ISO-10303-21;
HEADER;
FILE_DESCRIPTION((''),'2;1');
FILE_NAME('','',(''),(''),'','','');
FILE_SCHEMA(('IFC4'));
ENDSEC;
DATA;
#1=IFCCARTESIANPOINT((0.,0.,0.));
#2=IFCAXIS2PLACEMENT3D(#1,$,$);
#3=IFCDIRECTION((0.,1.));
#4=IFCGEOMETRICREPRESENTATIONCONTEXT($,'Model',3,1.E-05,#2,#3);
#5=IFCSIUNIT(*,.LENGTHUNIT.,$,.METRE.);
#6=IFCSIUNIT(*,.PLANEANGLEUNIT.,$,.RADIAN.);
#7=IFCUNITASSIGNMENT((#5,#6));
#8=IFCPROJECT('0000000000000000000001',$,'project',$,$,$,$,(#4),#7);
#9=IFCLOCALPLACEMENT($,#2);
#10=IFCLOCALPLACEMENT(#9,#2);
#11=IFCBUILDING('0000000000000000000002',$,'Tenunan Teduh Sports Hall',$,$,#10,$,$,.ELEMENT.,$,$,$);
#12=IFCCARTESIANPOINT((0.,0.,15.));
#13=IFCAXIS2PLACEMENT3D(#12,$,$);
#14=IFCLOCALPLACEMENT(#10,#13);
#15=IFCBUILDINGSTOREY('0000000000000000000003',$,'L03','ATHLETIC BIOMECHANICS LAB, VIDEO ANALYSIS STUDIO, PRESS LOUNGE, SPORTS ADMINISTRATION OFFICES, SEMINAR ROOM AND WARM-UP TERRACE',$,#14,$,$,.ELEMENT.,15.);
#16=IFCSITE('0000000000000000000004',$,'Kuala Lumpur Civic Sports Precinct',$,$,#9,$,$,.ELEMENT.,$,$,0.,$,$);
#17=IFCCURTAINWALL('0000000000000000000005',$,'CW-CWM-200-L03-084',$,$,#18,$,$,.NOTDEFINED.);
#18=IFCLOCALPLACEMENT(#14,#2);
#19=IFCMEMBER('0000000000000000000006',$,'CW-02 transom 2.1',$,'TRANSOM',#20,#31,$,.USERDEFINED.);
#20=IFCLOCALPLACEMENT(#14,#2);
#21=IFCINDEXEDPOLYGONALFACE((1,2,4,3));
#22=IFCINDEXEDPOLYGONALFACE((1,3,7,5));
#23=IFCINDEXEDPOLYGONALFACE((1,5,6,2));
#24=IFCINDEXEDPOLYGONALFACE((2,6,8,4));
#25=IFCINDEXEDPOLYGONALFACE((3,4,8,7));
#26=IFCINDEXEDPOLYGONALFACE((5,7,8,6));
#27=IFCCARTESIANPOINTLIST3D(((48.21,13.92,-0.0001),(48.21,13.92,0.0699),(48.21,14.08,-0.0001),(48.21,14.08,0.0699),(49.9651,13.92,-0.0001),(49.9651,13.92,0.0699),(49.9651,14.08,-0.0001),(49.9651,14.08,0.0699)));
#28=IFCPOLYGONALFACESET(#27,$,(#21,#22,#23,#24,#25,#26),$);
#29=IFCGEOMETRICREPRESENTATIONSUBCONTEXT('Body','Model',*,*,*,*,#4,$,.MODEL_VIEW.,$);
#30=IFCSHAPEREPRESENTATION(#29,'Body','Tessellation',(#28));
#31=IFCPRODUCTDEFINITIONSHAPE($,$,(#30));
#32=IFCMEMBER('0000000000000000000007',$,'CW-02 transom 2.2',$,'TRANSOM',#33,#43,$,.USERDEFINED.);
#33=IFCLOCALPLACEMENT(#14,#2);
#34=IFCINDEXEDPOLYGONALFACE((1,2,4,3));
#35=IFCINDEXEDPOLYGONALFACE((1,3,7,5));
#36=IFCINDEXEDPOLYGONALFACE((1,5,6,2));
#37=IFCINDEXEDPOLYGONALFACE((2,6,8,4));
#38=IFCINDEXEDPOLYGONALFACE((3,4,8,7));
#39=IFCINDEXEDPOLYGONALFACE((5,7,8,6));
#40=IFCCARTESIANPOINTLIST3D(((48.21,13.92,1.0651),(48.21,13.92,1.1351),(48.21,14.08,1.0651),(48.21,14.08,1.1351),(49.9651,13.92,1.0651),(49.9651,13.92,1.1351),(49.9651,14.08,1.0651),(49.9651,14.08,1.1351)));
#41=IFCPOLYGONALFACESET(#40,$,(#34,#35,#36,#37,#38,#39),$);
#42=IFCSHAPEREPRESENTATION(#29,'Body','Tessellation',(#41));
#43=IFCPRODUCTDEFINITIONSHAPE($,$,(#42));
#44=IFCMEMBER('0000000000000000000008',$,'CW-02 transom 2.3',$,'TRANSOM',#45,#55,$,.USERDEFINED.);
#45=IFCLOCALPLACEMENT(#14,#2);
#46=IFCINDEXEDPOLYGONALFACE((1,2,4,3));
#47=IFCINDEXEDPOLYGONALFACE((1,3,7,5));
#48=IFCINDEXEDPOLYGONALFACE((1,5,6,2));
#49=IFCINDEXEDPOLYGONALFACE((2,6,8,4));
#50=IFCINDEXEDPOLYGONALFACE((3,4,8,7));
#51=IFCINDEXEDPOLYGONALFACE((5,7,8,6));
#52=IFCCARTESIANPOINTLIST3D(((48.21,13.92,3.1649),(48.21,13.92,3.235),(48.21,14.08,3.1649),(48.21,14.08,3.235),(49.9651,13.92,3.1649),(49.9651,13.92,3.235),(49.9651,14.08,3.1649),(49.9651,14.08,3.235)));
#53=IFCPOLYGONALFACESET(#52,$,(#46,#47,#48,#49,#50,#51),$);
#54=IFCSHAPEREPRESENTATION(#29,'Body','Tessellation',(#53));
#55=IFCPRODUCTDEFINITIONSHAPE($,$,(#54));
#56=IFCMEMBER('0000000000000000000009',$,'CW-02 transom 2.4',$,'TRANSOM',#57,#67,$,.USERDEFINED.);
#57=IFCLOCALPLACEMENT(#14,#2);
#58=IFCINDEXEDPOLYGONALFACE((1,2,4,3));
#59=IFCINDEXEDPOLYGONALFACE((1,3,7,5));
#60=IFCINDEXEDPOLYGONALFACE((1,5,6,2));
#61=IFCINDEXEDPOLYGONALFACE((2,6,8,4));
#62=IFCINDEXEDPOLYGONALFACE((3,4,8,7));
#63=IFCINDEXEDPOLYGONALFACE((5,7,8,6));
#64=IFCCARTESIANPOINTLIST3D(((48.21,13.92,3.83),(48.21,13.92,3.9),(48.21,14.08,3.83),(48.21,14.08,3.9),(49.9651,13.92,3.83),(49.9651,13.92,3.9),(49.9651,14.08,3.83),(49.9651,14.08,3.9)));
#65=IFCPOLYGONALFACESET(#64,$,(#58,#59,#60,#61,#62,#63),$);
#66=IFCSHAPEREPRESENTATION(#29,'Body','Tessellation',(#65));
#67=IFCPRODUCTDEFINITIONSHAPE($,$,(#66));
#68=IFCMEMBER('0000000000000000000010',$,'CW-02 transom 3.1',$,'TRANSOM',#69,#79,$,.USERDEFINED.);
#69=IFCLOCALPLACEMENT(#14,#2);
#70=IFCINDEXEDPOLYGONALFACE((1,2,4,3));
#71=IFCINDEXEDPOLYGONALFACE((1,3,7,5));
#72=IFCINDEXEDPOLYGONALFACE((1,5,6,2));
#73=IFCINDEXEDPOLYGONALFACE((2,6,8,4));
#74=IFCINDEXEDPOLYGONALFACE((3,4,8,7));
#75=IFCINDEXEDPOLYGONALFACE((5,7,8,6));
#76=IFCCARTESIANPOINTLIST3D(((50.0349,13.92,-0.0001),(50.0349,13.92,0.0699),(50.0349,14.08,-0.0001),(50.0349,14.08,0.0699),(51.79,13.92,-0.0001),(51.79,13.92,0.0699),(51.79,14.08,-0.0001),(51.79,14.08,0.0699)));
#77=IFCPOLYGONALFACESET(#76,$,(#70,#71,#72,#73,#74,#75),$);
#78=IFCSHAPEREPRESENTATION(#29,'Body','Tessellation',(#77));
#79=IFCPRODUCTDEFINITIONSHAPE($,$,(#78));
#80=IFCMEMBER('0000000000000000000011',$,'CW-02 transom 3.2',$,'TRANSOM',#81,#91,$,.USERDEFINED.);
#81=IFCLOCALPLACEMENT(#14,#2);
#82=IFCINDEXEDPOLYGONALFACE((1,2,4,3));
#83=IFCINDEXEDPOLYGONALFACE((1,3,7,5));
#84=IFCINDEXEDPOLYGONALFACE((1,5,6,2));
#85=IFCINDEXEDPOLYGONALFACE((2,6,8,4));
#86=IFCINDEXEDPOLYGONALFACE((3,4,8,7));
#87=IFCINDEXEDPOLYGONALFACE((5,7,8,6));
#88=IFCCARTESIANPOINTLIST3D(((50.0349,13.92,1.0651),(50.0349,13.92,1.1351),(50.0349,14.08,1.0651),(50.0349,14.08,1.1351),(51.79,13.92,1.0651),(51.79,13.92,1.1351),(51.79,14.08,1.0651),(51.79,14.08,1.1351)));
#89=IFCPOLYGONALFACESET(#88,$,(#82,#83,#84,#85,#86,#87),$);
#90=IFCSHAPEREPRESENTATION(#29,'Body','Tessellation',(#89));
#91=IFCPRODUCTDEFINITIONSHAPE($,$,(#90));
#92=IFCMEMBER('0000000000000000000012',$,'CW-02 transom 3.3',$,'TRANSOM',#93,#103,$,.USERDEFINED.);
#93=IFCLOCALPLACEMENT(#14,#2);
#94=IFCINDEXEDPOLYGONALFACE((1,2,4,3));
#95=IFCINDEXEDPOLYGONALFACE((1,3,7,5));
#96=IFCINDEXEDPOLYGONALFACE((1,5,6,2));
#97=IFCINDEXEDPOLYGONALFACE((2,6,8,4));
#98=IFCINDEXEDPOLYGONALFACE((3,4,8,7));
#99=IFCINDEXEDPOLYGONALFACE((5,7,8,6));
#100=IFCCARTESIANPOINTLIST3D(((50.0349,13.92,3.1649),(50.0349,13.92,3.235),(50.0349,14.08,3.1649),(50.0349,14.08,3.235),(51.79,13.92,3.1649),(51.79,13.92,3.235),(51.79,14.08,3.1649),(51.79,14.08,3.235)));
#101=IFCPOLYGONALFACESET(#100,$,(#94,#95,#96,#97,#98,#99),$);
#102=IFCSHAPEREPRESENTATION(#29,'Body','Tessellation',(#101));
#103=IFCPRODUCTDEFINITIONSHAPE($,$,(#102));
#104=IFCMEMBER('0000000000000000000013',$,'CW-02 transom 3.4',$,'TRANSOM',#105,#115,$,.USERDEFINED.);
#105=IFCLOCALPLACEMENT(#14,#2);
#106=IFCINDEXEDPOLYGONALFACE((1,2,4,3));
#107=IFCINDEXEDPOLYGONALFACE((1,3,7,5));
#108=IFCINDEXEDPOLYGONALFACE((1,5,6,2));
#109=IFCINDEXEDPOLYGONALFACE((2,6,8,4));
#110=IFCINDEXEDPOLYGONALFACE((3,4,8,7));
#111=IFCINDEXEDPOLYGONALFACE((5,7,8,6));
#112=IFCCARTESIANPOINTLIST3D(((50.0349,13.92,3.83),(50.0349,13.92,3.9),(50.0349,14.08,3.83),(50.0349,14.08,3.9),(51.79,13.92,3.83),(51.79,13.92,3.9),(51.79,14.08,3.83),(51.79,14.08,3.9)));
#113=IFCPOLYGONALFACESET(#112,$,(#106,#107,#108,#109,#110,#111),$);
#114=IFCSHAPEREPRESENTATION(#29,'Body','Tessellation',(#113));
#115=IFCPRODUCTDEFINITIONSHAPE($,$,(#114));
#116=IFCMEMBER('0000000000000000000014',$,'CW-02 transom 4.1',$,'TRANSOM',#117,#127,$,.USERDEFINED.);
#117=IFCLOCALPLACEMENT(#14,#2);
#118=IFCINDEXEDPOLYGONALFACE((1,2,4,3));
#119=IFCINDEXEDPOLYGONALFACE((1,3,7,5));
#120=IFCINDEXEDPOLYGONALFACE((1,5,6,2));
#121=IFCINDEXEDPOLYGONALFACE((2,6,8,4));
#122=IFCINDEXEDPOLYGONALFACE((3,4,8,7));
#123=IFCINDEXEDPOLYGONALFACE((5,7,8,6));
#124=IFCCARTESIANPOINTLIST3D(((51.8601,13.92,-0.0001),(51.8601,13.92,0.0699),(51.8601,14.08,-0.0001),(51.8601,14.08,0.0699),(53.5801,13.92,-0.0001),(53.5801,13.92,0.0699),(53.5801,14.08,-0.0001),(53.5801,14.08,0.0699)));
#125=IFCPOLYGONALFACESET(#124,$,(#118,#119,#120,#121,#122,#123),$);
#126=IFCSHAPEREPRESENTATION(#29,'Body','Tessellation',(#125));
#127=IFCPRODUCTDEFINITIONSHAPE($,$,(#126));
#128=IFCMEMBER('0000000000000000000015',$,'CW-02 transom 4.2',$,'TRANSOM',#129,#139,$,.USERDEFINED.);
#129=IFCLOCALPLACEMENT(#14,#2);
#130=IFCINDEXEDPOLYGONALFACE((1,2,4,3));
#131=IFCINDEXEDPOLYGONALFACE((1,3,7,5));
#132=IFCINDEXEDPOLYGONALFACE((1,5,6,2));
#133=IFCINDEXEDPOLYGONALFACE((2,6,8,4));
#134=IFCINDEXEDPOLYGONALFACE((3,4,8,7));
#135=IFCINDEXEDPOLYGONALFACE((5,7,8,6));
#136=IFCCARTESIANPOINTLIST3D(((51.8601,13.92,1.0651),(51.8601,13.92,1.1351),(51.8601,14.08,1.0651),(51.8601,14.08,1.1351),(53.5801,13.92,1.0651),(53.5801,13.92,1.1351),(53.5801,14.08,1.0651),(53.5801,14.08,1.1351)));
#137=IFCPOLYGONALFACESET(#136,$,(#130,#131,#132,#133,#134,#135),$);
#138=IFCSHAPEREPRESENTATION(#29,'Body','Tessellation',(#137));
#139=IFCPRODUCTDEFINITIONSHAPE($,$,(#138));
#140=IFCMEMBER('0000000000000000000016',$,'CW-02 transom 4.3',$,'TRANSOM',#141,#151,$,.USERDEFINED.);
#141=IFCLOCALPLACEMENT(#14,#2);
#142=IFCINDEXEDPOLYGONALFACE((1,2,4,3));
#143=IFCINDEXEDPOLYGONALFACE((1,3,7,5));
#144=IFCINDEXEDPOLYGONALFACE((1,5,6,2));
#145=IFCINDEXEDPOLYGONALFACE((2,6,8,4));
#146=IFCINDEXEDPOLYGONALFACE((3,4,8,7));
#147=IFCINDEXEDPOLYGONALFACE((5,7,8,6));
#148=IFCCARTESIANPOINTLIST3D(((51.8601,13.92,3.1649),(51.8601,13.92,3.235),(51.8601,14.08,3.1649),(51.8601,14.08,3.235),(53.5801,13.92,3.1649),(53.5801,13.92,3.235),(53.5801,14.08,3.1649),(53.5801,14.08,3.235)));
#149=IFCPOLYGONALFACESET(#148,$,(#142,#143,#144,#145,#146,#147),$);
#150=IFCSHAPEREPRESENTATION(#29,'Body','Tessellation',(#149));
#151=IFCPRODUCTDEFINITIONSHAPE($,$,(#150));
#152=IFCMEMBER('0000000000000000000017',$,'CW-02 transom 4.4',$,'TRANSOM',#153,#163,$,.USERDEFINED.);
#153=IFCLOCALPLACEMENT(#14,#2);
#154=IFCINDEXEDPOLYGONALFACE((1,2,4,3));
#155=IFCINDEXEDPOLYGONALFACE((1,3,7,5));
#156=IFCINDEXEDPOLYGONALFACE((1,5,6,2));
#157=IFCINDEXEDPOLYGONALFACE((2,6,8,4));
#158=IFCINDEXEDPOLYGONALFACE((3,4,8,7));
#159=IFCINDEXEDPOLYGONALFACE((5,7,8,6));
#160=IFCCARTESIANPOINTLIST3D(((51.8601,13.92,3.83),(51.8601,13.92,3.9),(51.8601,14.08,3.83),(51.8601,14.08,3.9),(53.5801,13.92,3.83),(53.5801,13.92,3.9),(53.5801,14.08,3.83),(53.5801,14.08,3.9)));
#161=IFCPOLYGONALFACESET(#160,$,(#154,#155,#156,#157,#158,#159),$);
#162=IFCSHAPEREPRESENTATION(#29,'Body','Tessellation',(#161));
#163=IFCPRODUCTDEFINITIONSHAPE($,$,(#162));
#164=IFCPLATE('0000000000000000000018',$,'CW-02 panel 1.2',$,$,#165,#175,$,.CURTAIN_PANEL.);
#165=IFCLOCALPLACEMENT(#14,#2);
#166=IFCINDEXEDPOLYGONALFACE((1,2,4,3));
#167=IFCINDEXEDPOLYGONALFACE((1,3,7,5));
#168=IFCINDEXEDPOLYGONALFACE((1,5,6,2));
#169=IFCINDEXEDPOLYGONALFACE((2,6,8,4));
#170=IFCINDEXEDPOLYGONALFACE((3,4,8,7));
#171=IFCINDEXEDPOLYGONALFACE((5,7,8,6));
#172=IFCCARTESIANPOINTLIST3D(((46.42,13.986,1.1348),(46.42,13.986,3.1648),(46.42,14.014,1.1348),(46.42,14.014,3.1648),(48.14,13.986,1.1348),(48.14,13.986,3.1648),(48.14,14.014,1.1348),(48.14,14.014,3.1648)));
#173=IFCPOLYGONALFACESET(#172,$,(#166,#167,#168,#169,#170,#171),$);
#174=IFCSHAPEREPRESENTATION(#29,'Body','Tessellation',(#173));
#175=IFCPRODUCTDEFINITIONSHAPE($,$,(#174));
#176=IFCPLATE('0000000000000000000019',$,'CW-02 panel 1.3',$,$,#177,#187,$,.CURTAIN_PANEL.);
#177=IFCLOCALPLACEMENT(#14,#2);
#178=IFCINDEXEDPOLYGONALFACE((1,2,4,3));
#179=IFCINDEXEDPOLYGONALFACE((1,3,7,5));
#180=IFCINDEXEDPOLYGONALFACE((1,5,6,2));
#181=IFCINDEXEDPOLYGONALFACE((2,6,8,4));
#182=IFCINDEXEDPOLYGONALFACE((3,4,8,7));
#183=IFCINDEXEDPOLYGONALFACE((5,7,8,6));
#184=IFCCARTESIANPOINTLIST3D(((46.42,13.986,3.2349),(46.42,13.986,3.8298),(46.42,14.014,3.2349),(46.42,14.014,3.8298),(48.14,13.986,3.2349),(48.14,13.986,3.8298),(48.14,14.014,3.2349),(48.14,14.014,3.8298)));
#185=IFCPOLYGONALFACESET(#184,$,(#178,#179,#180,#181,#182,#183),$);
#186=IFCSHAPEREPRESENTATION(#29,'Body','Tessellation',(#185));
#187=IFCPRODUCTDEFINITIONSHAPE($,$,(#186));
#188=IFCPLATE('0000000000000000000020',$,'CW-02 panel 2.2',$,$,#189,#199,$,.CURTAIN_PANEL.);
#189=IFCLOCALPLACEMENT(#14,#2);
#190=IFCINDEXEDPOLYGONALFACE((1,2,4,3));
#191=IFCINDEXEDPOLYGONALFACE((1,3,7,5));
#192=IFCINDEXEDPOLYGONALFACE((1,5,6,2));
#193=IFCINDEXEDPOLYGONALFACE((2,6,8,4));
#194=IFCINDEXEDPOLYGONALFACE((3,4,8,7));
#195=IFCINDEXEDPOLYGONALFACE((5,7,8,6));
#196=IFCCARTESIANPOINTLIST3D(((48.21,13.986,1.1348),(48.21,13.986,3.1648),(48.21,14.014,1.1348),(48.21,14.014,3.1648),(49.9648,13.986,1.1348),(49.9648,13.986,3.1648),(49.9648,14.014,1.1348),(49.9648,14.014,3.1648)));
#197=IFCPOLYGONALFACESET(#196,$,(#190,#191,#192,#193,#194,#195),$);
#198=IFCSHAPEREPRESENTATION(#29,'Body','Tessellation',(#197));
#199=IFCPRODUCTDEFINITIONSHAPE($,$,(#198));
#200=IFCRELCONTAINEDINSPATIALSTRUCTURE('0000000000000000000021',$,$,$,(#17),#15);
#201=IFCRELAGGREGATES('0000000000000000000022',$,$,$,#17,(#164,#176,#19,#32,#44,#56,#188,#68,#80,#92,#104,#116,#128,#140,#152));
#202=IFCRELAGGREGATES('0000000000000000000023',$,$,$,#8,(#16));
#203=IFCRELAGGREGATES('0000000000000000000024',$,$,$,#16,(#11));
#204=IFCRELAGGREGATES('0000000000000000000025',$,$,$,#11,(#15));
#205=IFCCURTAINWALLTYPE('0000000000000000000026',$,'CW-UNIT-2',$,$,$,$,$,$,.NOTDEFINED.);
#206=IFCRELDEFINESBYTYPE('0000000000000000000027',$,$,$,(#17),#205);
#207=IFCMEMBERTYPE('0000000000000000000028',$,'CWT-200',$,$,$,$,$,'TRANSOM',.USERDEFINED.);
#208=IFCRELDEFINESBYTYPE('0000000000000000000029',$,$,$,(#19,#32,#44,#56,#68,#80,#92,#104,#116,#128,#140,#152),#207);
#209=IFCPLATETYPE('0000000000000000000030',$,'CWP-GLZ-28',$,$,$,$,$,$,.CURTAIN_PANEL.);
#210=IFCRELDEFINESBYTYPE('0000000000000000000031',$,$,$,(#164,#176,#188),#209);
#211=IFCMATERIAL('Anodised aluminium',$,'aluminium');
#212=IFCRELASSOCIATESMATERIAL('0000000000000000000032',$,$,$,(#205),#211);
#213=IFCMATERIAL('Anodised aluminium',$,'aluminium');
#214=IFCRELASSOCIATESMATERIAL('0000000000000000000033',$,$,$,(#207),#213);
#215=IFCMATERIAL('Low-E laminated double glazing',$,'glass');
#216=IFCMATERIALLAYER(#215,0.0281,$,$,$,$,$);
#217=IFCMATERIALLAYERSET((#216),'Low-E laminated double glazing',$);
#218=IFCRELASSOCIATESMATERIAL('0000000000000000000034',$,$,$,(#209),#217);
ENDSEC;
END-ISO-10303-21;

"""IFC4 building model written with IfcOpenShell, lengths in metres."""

from ifc_helpers import new_model, si_unit, direction, frame, origin, origin_2d, place, context, subcontext, project, spatial, rectangle, extrude, material, layer, layer_set, material_profile, profile_set, type_object, element, aggregate, save


model = new_model("IFC4")

# Units and contexts
model_context = context("Model", 3, precision=1e-05, world=origin(), true_north=direction((0.0, 1.0)))
body_context = subcontext(model_context, "Body", "Model", "MODEL_VIEW")
ifc_project = project(units=[si_unit("LENGTHUNIT", "METRE"), si_unit("PLANEANGLEUNIT", "RADIAN")], contexts=[model_context])

# Site, building, storey
site_placement = place(None, origin())
site = spatial("IfcSite", under=ifc_project, at=site_placement, Name="Kuala Lumpur Civic Sports Precinct", CompositionType="ELEMENT", RefElevation=0.0)
building_placement = place(site_placement, origin())
building = spatial("IfcBuilding", under=site, at=building_placement, Name="Tenunan Teduh Sports Hall", CompositionType="ELEMENT")
storey_placement = place(building_placement, frame((0.0, 0.0, 15.0)))
storey = spatial("IfcBuildingStorey", under=building, at=storey_placement, Name="L03", Description="ATHLETIC BIOMECHANICS LAB, VIDEO ANALYSIS STUDIO, PRESS LOUNGE, SPORTS ADMINISTRATION OFFICES, SEMINAR ROOM AND WARM-UP TERRACE", CompositionType="ELEMENT", Elevation=15.0)

# Curtain wall
ifc_material_1 = material(Name="Anodised aluminium", Category="aluminium")
curtain_wall_type = type_object("IfcCurtainWallType", Name="CW-UNIT-2", PredefinedType="NOTDEFINED", material=ifc_material_1)
curtain_wall_1_placement = place(storey_placement, origin())
curtain_wall_1 = element("IfcCurtainWall", 1, at=curtain_wall_1_placement, inside=storey, type_object=curtain_wall_type, Name="CW-CWM-200-L03-084", PredefinedType="NOTDEFINED")

# Members
ifc_material_2 = material(Name="Anodised aluminium", Category="aluminium")
ifc_material_profile_1 = material_profile(ifc_material_2, rectangle(XDim=0.0701, YDim=0.1599, at=origin_2d()), Name="CWT 70x160")
ifc_profile_set_1 = profile_set([ifc_material_profile_1], Name="Anodised aluminium")
member_type_1 = type_object("IfcMemberType", Name="CWT-200", ElementType="TRANSOM", PredefinedType="USERDEFINED", material=ifc_profile_set_1)
member_1_placement = place(storey_placement, frame((48.21, 14.0, 0.0349), z_axis=(1.0, 0.0, 0.0), x_axis=(0.0, 0.0, 1.0)))
member_1 = element("IfcMember", 2, at=member_1_placement, type_object=member_type_1, Name="CW-02 transom 2.1", ObjectType="TRANSOM", PredefinedType="USERDEFINED", context=body_context, shape_type="SweptSolid", body=[
    extrude(rectangle(XDim=0.0701, YDim=0.1599, at=origin_2d()), origin(), (0.0, 0.0, 1.0), 1.7551),
])
member_2_placement = place(storey_placement, frame((48.21, 14.0, 1.1001), z_axis=(1.0, 0.0, 0.0), x_axis=(0.0, 0.0, 1.0)))
member_2 = element("IfcMember", 3, at=member_2_placement, type_object=member_type_1, Name="CW-02 transom 2.2", ObjectType="TRANSOM", PredefinedType="USERDEFINED", context=body_context, shape_type="SweptSolid", body=[
    extrude(rectangle(XDim=0.0701, YDim=0.1599, at=origin_2d()), origin(), (0.0, 0.0, 1.0), 1.7551),
])
member_3_placement = place(storey_placement, frame((48.21, 14.0, 3.2), z_axis=(1.0, 0.0, 0.0), x_axis=(0.0, 0.0, 1.0)))
member_3 = element("IfcMember", 4, at=member_3_placement, type_object=member_type_1, Name="CW-02 transom 2.3", ObjectType="TRANSOM", PredefinedType="USERDEFINED", context=body_context, shape_type="SweptSolid", body=[
    extrude(rectangle(XDim=0.0701, YDim=0.1599, at=origin_2d()), origin(), (0.0, 0.0, 1.0), 1.7551),
])
member_4_placement = place(storey_placement, frame((48.21, 14.0, 3.865), z_axis=(1.0, 0.0, 0.0), x_axis=(0.0, 0.0, 1.0)))
member_4 = element("IfcMember", 5, at=member_4_placement, type_object=member_type_1, Name="CW-02 transom 2.4", ObjectType="TRANSOM", PredefinedType="USERDEFINED", context=body_context, shape_type="SweptSolid", body=[
    extrude(rectangle(XDim=0.0701, YDim=0.1599, at=origin_2d()), origin(), (0.0, 0.0, 1.0), 1.7551),
])
member_5_placement = place(storey_placement, frame((50.0349, 14.0, 0.0349), z_axis=(1.0, 0.0, 0.0), x_axis=(0.0, 0.0, 1.0)))
member_5 = element("IfcMember", 6, at=member_5_placement, type_object=member_type_1, Name="CW-02 transom 3.1", ObjectType="TRANSOM", PredefinedType="USERDEFINED", context=body_context, shape_type="SweptSolid", body=[
    extrude(rectangle(XDim=0.0701, YDim=0.1599, at=origin_2d()), origin(), (0.0, 0.0, 1.0), 1.7551),
])
member_6_placement = place(storey_placement, frame((50.0349, 14.0, 1.1001), z_axis=(1.0, 0.0, 0.0), x_axis=(0.0, 0.0, 1.0)))
member_6 = element("IfcMember", 7, at=member_6_placement, type_object=member_type_1, Name="CW-02 transom 3.2", ObjectType="TRANSOM", PredefinedType="USERDEFINED", context=body_context, shape_type="SweptSolid", body=[
    extrude(rectangle(XDim=0.0701, YDim=0.1599, at=origin_2d()), origin(), (0.0, 0.0, 1.0), 1.7551),
])
member_7_placement = place(storey_placement, frame((50.0349, 14.0, 3.2), z_axis=(1.0, 0.0, 0.0), x_axis=(0.0, 0.0, 1.0)))
member_7 = element("IfcMember", 8, at=member_7_placement, type_object=member_type_1, Name="CW-02 transom 3.3", ObjectType="TRANSOM", PredefinedType="USERDEFINED", context=body_context, shape_type="SweptSolid", body=[
    extrude(rectangle(XDim=0.0701, YDim=0.1599, at=origin_2d()), origin(), (0.0, 0.0, 1.0), 1.7551),
])
member_8_placement = place(storey_placement, frame((50.0349, 14.0, 3.865), z_axis=(1.0, 0.0, 0.0), x_axis=(0.0, 0.0, 1.0)))
member_8 = element("IfcMember", 9, at=member_8_placement, type_object=member_type_1, Name="CW-02 transom 3.4", ObjectType="TRANSOM", PredefinedType="USERDEFINED", context=body_context, shape_type="SweptSolid", body=[
    extrude(rectangle(XDim=0.0701, YDim=0.1599, at=origin_2d()), origin(), (0.0, 0.0, 1.0), 1.7551),
])
member_9_placement = place(storey_placement, frame((51.8601, 14.0, 0.0349), z_axis=(1.0, 0.0, 0.0), x_axis=(0.0, 0.0, 1.0)))
member_9 = element("IfcMember", 10, at=member_9_placement, type_object=member_type_1, Name="CW-02 transom 4.1", ObjectType="TRANSOM", PredefinedType="USERDEFINED", context=body_context, shape_type="SweptSolid", body=[
    extrude(rectangle(XDim=0.0701, YDim=0.1599, at=origin_2d()), origin(), (0.0, 0.0, 1.0), 1.72),
])
member_10_placement = place(storey_placement, frame((51.8601, 14.0, 1.1001), z_axis=(1.0, 0.0, 0.0), x_axis=(0.0, 0.0, 1.0)))
member_10 = element("IfcMember", 11, at=member_10_placement, type_object=member_type_1, Name="CW-02 transom 4.2", ObjectType="TRANSOM", PredefinedType="USERDEFINED", context=body_context, shape_type="SweptSolid", body=[
    extrude(rectangle(XDim=0.0701, YDim=0.1599, at=origin_2d()), origin(), (0.0, 0.0, 1.0), 1.72),
])
member_11_placement = place(storey_placement, frame((51.8601, 14.0, 3.2), z_axis=(1.0, 0.0, 0.0), x_axis=(0.0, 0.0, 1.0)))
member_11 = element("IfcMember", 12, at=member_11_placement, type_object=member_type_1, Name="CW-02 transom 4.3", ObjectType="TRANSOM", PredefinedType="USERDEFINED", context=body_context, shape_type="SweptSolid", body=[
    extrude(rectangle(XDim=0.0701, YDim=0.1599, at=origin_2d()), origin(), (0.0, 0.0, 1.0), 1.72),
])
member_12_placement = place(storey_placement, frame((51.8601, 14.0, 3.865), z_axis=(1.0, 0.0, 0.0), x_axis=(0.0, 0.0, 1.0)))
member_12 = element("IfcMember", 13, at=member_12_placement, type_object=member_type_1, Name="CW-02 transom 4.4", ObjectType="TRANSOM", PredefinedType="USERDEFINED", context=body_context, shape_type="SweptSolid", body=[
    extrude(rectangle(XDim=0.0701, YDim=0.1599, at=origin_2d()), origin(), (0.0, 0.0, 1.0), 1.72),
])

# Plates
ifc_material_3 = material(Name="Low-E laminated double glazing", Category="glass")
ifc_layer_1 = layer(ifc_material_3, 0.0281)
ifc_layer_set_1 = layer_set([ifc_layer_1], Name="Low-E laminated double glazing")
plate_type_1 = type_object("IfcPlateType", Name="CWP-GLZ-28", PredefinedType="CURTAIN_PANEL", material=ifc_layer_set_1)
plate_1_placement = place(storey_placement, frame((47.28, 14.0, 1.1348), z_axis=(0.0, 0.0, 1.0), x_axis=(1.0, 0.0, 0.0)))
plate_1 = element("IfcPlate", 14, at=plate_1_placement, type_object=plate_type_1, Name="CW-02 panel 1.2", PredefinedType="CURTAIN_PANEL", context=body_context, shape_type="SweptSolid", body=[
    extrude(rectangle(XDim=1.72, YDim=0.0281, at=origin_2d()), origin(), (0.0, 0.0, 1.0), 2.03),
])
plate_2_placement = place(storey_placement, frame((47.28, 14.0, 3.2349), z_axis=(0.0, 0.0, 1.0), x_axis=(1.0, 0.0, 0.0)))
plate_2 = element("IfcPlate", 15, at=plate_2_placement, type_object=plate_type_1, Name="CW-02 panel 1.3", PredefinedType="CURTAIN_PANEL", context=body_context, shape_type="SweptSolid", body=[
    extrude(rectangle(XDim=1.72, YDim=0.0281, at=origin_2d()), origin(), (0.0, 0.0, 1.0), 0.595),
])
plate_3_placement = place(storey_placement, frame((49.0874, 14.0, 1.1348), z_axis=(0.0, 0.0, 1.0), x_axis=(1.0, 0.0, 0.0)))
plate_3 = element("IfcPlate", 16, at=plate_3_placement, type_object=plate_type_1, Name="CW-02 panel 2.2", PredefinedType="CURTAIN_PANEL", context=body_context, shape_type="SweptSolid", body=[
    extrude(rectangle(XDim=1.7549, YDim=0.0281, at=origin_2d()), origin(), (0.0, 0.0, 1.0), 2.03),
])
aggregate(curtain_wall_1, [plate_1, plate_2, member_1, member_2, member_3, member_4, plate_3, member_5, member_6, member_7, member_8, member_9, member_10, member_11, member_12])

save(model, "model.ifc")
